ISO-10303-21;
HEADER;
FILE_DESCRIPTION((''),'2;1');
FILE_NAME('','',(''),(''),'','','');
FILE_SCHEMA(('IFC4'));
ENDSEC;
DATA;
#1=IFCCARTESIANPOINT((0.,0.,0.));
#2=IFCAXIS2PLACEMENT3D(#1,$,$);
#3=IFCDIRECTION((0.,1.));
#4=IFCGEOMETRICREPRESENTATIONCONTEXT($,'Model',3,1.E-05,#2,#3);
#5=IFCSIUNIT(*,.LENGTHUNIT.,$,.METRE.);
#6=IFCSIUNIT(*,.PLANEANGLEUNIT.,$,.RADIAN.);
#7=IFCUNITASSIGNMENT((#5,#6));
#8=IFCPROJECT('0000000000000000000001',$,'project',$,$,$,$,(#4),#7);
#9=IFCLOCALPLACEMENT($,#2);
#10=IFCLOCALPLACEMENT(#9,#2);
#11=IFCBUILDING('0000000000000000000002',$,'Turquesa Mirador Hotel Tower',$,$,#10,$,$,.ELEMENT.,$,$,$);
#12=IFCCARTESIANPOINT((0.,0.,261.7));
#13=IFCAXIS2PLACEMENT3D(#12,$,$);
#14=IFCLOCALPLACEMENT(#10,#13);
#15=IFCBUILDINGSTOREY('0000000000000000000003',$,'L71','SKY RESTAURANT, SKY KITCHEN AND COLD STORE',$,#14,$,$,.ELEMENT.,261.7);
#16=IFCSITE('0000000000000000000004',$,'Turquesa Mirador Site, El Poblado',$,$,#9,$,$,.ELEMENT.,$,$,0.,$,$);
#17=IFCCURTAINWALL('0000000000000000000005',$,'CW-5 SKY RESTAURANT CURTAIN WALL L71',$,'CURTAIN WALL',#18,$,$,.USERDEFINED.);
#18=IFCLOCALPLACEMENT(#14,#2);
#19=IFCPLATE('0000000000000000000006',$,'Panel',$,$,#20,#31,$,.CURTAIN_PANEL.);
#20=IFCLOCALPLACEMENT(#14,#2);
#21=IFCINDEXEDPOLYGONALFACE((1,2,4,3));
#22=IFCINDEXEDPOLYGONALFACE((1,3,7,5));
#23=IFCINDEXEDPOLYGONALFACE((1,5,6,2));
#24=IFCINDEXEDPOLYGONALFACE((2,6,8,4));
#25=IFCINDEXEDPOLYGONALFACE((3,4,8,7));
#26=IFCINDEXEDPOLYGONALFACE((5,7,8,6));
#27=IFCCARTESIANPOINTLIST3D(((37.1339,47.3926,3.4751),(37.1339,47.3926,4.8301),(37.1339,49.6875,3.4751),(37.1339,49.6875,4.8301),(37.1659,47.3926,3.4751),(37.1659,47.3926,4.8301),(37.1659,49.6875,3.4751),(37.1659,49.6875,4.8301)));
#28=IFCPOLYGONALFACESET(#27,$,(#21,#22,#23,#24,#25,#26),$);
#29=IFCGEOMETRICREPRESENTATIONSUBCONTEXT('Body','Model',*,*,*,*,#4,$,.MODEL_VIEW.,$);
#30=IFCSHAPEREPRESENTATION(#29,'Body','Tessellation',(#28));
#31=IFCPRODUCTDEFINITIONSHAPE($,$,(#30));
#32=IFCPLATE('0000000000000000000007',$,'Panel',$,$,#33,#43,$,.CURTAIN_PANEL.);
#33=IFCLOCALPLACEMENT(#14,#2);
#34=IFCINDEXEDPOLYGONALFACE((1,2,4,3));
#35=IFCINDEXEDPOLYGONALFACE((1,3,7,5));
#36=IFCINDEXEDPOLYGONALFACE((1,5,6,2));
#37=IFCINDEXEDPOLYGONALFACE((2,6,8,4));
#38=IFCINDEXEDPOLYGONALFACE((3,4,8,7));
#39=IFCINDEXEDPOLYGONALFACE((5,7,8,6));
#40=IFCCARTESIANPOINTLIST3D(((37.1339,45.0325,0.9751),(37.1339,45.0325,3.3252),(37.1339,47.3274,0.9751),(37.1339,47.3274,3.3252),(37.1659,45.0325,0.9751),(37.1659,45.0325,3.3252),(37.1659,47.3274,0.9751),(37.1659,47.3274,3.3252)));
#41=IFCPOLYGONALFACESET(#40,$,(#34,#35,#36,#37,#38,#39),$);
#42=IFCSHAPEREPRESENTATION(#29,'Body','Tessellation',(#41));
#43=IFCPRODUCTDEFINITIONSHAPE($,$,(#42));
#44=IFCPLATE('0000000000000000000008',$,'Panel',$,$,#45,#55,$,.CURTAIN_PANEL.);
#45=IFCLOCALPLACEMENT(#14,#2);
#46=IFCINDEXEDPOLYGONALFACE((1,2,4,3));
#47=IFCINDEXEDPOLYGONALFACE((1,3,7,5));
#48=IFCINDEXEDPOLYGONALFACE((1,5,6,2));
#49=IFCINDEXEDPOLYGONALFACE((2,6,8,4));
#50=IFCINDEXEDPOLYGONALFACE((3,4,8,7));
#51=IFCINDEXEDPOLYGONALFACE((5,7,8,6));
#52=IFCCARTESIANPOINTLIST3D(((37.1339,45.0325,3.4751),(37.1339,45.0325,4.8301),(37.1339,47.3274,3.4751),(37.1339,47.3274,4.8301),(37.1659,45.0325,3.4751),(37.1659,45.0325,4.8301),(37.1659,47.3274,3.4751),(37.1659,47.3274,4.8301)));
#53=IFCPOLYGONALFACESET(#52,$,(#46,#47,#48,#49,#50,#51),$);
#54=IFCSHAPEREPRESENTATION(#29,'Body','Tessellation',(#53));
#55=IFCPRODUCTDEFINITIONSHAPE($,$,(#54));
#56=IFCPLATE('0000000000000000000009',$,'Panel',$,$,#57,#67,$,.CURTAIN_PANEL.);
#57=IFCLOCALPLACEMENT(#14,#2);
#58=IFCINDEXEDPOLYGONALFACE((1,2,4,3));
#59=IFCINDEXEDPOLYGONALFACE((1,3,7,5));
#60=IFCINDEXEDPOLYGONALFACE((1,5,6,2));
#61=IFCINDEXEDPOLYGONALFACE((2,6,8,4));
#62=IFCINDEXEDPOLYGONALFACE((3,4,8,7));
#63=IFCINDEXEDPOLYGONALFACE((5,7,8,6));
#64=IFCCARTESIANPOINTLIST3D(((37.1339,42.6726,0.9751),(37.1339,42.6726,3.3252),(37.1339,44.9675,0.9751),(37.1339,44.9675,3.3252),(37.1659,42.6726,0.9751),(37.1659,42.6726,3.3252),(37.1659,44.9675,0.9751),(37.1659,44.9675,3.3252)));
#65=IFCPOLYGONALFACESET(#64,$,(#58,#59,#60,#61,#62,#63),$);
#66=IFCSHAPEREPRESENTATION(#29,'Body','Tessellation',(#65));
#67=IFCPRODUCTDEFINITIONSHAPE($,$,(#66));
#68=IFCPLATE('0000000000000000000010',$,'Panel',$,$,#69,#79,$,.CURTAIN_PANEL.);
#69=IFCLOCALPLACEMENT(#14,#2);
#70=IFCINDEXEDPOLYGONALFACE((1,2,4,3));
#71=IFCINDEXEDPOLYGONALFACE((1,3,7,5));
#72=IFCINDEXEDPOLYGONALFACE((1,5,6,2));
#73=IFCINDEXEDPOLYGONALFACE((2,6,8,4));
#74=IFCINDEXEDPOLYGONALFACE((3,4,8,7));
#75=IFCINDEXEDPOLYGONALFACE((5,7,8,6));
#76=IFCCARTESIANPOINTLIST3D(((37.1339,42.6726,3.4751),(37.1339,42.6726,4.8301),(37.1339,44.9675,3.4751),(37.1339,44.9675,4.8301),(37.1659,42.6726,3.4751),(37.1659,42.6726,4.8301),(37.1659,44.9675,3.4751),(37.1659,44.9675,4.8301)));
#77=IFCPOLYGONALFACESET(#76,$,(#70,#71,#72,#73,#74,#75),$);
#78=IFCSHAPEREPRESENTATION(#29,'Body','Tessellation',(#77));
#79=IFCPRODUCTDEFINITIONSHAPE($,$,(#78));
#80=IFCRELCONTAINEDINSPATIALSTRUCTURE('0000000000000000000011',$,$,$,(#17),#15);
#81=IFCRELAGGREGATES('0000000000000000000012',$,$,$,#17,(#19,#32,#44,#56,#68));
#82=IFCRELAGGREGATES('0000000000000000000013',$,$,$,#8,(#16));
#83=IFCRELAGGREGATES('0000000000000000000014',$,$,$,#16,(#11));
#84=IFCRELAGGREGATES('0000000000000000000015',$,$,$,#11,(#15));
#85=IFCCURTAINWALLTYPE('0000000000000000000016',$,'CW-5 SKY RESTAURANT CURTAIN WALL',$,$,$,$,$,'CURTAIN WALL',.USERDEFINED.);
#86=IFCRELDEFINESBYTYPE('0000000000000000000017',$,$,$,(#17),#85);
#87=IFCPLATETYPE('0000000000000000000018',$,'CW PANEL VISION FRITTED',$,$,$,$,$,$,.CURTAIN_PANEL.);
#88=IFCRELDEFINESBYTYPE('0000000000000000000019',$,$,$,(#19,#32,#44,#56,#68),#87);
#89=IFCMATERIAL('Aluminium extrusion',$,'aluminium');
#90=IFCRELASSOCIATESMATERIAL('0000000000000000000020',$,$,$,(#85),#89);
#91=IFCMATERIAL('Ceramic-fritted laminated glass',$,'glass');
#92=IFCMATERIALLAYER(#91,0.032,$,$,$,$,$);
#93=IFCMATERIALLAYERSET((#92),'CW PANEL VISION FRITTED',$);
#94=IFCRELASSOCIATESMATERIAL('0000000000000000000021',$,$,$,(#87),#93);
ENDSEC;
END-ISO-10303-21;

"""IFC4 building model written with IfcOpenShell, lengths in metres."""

from ifc_helpers import new_model, si_unit, direction, frame, origin, origin_2d, place, context, subcontext, project, spatial, rectangle, extrude, material, layer, layer_set, type_object, element, aggregate, save


model = new_model("IFC4")

# Units and contexts
model_context = context("Model", 3, precision=1e-05, world=origin(), true_north=direction((0.0, 1.0)))
body_context = subcontext(model_context, "Body", "Model", "MODEL_VIEW")
ifc_project = project(units=[si_unit("LENGTHUNIT", "METRE"), si_unit("PLANEANGLEUNIT", "RADIAN")], contexts=[model_context])

# Site, building, storey
site_placement = place(None, origin())
site = spatial("IfcSite", under=ifc_project, at=site_placement, Name="Turquesa Mirador Site, El Poblado", CompositionType="ELEMENT", RefElevation=0.0)
building_placement = place(site_placement, origin())
building = spatial("IfcBuilding", under=site, at=building_placement, Name="Turquesa Mirador Hotel Tower", CompositionType="ELEMENT")
storey_placement = place(building_placement, frame((0.0, 0.0, 261.7)))
storey = spatial("IfcBuildingStorey", under=building, at=storey_placement, Name="L71", Description="SKY RESTAURANT, SKY KITCHEN AND COLD STORE", CompositionType="ELEMENT", Elevation=261.7)

# Curtain wall
ifc_material_1 = material(Name="Aluminium extrusion", Category="aluminium")
curtain_wall_type = type_object("IfcCurtainWallType", Name="CW-5 SKY RESTAURANT CURTAIN WALL", ElementType="CURTAIN WALL", PredefinedType="USERDEFINED", material=ifc_material_1)
curtain_wall_1_placement = place(storey_placement, origin())
curtain_wall_1 = element("IfcCurtainWall", 1, at=curtain_wall_1_placement, inside=storey, type_object=curtain_wall_type, Name="CW-5 SKY RESTAURANT CURTAIN WALL L71", ObjectType="CURTAIN WALL", PredefinedType="USERDEFINED")

# Plates
ifc_material_2 = material(Name="Ceramic-fritted laminated glass", Category="glass")
ifc_layer_1 = layer(ifc_material_2, 0.032)
ifc_layer_set_1 = layer_set([ifc_layer_1], Name="CW PANEL VISION FRITTED")
plate_type_1 = type_object("IfcPlateType", Name="CW PANEL VISION FRITTED", PredefinedType="CURTAIN_PANEL", material=ifc_layer_set_1)
plate_1_placement = place(storey_placement, frame((37.1499, 48.54, 3.4751), z_axis=(0.0, 0.0, 1.0), x_axis=(0.0, -1.0, 0.0)))
plate_1 = element("IfcPlate", 2, at=plate_1_placement, type_object=plate_type_1, Name="Panel", PredefinedType="CURTAIN_PANEL", context=body_context, shape_type="SweptSolid", body=[
    extrude(rectangle(XDim=2.2949, YDim=0.032, at=origin_2d()), origin(), (0.0, 0.0, 1.0), 1.355),
])
plate_2_placement = place(storey_placement, frame((37.1499, 46.1799, 0.9751), z_axis=(0.0, 0.0, 1.0), x_axis=(0.0, -1.0, 0.0)))
plate_2 = element("IfcPlate", 3, at=plate_2_placement, type_object=plate_type_1, Name="Panel", PredefinedType="CURTAIN_PANEL", context=body_context, shape_type="SweptSolid", body=[
    extrude(rectangle(XDim=2.2949, YDim=0.032, at=origin_2d()), origin(), (0.0, 0.0, 1.0), 2.3501),
])
plate_3_placement = place(storey_placement, frame((37.1499, 46.1799, 3.4751), z_axis=(0.0, 0.0, 1.0), x_axis=(0.0, -1.0, 0.0)))
plate_3 = element("IfcPlate", 4, at=plate_3_placement, type_object=plate_type_1, Name="Panel", PredefinedType="CURTAIN_PANEL", context=body_context, shape_type="SweptSolid", body=[
    extrude(rectangle(XDim=2.2949, YDim=0.032, at=origin_2d()), origin(), (0.0, 0.0, 1.0), 1.355),
])
plate_4_placement = place(storey_placement, frame((37.1499, 43.8201, 0.9751), z_axis=(0.0, 0.0, 1.0), x_axis=(0.0, -1.0, 0.0)))
plate_4 = element("IfcPlate", 5, at=plate_4_placement, type_object=plate_type_1, Name="Panel", PredefinedType="CURTAIN_PANEL", context=body_context, shape_type="SweptSolid", body=[
    extrude(rectangle(XDim=2.2949, YDim=0.032, at=origin_2d()), origin(), (0.0, 0.0, 1.0), 2.3501),
])
plate_5_placement = place(storey_placement, frame((37.1499, 43.8201, 3.4751), z_axis=(0.0, 0.0, 1.0), x_axis=(0.0, -1.0, 0.0)))
plate_5 = element("IfcPlate", 6, at=plate_5_placement, type_object=plate_type_1, Name="Panel", PredefinedType="CURTAIN_PANEL", context=body_context, shape_type="SweptSolid", body=[
    extrude(rectangle(XDim=2.2949, YDim=0.032, at=origin_2d()), origin(), (0.0, 0.0, 1.0), 1.355),
])
aggregate(curtain_wall_1, [plate_1, plate_2, plate_3, plate_4, plate_5])

save(model, "model.ifc")
